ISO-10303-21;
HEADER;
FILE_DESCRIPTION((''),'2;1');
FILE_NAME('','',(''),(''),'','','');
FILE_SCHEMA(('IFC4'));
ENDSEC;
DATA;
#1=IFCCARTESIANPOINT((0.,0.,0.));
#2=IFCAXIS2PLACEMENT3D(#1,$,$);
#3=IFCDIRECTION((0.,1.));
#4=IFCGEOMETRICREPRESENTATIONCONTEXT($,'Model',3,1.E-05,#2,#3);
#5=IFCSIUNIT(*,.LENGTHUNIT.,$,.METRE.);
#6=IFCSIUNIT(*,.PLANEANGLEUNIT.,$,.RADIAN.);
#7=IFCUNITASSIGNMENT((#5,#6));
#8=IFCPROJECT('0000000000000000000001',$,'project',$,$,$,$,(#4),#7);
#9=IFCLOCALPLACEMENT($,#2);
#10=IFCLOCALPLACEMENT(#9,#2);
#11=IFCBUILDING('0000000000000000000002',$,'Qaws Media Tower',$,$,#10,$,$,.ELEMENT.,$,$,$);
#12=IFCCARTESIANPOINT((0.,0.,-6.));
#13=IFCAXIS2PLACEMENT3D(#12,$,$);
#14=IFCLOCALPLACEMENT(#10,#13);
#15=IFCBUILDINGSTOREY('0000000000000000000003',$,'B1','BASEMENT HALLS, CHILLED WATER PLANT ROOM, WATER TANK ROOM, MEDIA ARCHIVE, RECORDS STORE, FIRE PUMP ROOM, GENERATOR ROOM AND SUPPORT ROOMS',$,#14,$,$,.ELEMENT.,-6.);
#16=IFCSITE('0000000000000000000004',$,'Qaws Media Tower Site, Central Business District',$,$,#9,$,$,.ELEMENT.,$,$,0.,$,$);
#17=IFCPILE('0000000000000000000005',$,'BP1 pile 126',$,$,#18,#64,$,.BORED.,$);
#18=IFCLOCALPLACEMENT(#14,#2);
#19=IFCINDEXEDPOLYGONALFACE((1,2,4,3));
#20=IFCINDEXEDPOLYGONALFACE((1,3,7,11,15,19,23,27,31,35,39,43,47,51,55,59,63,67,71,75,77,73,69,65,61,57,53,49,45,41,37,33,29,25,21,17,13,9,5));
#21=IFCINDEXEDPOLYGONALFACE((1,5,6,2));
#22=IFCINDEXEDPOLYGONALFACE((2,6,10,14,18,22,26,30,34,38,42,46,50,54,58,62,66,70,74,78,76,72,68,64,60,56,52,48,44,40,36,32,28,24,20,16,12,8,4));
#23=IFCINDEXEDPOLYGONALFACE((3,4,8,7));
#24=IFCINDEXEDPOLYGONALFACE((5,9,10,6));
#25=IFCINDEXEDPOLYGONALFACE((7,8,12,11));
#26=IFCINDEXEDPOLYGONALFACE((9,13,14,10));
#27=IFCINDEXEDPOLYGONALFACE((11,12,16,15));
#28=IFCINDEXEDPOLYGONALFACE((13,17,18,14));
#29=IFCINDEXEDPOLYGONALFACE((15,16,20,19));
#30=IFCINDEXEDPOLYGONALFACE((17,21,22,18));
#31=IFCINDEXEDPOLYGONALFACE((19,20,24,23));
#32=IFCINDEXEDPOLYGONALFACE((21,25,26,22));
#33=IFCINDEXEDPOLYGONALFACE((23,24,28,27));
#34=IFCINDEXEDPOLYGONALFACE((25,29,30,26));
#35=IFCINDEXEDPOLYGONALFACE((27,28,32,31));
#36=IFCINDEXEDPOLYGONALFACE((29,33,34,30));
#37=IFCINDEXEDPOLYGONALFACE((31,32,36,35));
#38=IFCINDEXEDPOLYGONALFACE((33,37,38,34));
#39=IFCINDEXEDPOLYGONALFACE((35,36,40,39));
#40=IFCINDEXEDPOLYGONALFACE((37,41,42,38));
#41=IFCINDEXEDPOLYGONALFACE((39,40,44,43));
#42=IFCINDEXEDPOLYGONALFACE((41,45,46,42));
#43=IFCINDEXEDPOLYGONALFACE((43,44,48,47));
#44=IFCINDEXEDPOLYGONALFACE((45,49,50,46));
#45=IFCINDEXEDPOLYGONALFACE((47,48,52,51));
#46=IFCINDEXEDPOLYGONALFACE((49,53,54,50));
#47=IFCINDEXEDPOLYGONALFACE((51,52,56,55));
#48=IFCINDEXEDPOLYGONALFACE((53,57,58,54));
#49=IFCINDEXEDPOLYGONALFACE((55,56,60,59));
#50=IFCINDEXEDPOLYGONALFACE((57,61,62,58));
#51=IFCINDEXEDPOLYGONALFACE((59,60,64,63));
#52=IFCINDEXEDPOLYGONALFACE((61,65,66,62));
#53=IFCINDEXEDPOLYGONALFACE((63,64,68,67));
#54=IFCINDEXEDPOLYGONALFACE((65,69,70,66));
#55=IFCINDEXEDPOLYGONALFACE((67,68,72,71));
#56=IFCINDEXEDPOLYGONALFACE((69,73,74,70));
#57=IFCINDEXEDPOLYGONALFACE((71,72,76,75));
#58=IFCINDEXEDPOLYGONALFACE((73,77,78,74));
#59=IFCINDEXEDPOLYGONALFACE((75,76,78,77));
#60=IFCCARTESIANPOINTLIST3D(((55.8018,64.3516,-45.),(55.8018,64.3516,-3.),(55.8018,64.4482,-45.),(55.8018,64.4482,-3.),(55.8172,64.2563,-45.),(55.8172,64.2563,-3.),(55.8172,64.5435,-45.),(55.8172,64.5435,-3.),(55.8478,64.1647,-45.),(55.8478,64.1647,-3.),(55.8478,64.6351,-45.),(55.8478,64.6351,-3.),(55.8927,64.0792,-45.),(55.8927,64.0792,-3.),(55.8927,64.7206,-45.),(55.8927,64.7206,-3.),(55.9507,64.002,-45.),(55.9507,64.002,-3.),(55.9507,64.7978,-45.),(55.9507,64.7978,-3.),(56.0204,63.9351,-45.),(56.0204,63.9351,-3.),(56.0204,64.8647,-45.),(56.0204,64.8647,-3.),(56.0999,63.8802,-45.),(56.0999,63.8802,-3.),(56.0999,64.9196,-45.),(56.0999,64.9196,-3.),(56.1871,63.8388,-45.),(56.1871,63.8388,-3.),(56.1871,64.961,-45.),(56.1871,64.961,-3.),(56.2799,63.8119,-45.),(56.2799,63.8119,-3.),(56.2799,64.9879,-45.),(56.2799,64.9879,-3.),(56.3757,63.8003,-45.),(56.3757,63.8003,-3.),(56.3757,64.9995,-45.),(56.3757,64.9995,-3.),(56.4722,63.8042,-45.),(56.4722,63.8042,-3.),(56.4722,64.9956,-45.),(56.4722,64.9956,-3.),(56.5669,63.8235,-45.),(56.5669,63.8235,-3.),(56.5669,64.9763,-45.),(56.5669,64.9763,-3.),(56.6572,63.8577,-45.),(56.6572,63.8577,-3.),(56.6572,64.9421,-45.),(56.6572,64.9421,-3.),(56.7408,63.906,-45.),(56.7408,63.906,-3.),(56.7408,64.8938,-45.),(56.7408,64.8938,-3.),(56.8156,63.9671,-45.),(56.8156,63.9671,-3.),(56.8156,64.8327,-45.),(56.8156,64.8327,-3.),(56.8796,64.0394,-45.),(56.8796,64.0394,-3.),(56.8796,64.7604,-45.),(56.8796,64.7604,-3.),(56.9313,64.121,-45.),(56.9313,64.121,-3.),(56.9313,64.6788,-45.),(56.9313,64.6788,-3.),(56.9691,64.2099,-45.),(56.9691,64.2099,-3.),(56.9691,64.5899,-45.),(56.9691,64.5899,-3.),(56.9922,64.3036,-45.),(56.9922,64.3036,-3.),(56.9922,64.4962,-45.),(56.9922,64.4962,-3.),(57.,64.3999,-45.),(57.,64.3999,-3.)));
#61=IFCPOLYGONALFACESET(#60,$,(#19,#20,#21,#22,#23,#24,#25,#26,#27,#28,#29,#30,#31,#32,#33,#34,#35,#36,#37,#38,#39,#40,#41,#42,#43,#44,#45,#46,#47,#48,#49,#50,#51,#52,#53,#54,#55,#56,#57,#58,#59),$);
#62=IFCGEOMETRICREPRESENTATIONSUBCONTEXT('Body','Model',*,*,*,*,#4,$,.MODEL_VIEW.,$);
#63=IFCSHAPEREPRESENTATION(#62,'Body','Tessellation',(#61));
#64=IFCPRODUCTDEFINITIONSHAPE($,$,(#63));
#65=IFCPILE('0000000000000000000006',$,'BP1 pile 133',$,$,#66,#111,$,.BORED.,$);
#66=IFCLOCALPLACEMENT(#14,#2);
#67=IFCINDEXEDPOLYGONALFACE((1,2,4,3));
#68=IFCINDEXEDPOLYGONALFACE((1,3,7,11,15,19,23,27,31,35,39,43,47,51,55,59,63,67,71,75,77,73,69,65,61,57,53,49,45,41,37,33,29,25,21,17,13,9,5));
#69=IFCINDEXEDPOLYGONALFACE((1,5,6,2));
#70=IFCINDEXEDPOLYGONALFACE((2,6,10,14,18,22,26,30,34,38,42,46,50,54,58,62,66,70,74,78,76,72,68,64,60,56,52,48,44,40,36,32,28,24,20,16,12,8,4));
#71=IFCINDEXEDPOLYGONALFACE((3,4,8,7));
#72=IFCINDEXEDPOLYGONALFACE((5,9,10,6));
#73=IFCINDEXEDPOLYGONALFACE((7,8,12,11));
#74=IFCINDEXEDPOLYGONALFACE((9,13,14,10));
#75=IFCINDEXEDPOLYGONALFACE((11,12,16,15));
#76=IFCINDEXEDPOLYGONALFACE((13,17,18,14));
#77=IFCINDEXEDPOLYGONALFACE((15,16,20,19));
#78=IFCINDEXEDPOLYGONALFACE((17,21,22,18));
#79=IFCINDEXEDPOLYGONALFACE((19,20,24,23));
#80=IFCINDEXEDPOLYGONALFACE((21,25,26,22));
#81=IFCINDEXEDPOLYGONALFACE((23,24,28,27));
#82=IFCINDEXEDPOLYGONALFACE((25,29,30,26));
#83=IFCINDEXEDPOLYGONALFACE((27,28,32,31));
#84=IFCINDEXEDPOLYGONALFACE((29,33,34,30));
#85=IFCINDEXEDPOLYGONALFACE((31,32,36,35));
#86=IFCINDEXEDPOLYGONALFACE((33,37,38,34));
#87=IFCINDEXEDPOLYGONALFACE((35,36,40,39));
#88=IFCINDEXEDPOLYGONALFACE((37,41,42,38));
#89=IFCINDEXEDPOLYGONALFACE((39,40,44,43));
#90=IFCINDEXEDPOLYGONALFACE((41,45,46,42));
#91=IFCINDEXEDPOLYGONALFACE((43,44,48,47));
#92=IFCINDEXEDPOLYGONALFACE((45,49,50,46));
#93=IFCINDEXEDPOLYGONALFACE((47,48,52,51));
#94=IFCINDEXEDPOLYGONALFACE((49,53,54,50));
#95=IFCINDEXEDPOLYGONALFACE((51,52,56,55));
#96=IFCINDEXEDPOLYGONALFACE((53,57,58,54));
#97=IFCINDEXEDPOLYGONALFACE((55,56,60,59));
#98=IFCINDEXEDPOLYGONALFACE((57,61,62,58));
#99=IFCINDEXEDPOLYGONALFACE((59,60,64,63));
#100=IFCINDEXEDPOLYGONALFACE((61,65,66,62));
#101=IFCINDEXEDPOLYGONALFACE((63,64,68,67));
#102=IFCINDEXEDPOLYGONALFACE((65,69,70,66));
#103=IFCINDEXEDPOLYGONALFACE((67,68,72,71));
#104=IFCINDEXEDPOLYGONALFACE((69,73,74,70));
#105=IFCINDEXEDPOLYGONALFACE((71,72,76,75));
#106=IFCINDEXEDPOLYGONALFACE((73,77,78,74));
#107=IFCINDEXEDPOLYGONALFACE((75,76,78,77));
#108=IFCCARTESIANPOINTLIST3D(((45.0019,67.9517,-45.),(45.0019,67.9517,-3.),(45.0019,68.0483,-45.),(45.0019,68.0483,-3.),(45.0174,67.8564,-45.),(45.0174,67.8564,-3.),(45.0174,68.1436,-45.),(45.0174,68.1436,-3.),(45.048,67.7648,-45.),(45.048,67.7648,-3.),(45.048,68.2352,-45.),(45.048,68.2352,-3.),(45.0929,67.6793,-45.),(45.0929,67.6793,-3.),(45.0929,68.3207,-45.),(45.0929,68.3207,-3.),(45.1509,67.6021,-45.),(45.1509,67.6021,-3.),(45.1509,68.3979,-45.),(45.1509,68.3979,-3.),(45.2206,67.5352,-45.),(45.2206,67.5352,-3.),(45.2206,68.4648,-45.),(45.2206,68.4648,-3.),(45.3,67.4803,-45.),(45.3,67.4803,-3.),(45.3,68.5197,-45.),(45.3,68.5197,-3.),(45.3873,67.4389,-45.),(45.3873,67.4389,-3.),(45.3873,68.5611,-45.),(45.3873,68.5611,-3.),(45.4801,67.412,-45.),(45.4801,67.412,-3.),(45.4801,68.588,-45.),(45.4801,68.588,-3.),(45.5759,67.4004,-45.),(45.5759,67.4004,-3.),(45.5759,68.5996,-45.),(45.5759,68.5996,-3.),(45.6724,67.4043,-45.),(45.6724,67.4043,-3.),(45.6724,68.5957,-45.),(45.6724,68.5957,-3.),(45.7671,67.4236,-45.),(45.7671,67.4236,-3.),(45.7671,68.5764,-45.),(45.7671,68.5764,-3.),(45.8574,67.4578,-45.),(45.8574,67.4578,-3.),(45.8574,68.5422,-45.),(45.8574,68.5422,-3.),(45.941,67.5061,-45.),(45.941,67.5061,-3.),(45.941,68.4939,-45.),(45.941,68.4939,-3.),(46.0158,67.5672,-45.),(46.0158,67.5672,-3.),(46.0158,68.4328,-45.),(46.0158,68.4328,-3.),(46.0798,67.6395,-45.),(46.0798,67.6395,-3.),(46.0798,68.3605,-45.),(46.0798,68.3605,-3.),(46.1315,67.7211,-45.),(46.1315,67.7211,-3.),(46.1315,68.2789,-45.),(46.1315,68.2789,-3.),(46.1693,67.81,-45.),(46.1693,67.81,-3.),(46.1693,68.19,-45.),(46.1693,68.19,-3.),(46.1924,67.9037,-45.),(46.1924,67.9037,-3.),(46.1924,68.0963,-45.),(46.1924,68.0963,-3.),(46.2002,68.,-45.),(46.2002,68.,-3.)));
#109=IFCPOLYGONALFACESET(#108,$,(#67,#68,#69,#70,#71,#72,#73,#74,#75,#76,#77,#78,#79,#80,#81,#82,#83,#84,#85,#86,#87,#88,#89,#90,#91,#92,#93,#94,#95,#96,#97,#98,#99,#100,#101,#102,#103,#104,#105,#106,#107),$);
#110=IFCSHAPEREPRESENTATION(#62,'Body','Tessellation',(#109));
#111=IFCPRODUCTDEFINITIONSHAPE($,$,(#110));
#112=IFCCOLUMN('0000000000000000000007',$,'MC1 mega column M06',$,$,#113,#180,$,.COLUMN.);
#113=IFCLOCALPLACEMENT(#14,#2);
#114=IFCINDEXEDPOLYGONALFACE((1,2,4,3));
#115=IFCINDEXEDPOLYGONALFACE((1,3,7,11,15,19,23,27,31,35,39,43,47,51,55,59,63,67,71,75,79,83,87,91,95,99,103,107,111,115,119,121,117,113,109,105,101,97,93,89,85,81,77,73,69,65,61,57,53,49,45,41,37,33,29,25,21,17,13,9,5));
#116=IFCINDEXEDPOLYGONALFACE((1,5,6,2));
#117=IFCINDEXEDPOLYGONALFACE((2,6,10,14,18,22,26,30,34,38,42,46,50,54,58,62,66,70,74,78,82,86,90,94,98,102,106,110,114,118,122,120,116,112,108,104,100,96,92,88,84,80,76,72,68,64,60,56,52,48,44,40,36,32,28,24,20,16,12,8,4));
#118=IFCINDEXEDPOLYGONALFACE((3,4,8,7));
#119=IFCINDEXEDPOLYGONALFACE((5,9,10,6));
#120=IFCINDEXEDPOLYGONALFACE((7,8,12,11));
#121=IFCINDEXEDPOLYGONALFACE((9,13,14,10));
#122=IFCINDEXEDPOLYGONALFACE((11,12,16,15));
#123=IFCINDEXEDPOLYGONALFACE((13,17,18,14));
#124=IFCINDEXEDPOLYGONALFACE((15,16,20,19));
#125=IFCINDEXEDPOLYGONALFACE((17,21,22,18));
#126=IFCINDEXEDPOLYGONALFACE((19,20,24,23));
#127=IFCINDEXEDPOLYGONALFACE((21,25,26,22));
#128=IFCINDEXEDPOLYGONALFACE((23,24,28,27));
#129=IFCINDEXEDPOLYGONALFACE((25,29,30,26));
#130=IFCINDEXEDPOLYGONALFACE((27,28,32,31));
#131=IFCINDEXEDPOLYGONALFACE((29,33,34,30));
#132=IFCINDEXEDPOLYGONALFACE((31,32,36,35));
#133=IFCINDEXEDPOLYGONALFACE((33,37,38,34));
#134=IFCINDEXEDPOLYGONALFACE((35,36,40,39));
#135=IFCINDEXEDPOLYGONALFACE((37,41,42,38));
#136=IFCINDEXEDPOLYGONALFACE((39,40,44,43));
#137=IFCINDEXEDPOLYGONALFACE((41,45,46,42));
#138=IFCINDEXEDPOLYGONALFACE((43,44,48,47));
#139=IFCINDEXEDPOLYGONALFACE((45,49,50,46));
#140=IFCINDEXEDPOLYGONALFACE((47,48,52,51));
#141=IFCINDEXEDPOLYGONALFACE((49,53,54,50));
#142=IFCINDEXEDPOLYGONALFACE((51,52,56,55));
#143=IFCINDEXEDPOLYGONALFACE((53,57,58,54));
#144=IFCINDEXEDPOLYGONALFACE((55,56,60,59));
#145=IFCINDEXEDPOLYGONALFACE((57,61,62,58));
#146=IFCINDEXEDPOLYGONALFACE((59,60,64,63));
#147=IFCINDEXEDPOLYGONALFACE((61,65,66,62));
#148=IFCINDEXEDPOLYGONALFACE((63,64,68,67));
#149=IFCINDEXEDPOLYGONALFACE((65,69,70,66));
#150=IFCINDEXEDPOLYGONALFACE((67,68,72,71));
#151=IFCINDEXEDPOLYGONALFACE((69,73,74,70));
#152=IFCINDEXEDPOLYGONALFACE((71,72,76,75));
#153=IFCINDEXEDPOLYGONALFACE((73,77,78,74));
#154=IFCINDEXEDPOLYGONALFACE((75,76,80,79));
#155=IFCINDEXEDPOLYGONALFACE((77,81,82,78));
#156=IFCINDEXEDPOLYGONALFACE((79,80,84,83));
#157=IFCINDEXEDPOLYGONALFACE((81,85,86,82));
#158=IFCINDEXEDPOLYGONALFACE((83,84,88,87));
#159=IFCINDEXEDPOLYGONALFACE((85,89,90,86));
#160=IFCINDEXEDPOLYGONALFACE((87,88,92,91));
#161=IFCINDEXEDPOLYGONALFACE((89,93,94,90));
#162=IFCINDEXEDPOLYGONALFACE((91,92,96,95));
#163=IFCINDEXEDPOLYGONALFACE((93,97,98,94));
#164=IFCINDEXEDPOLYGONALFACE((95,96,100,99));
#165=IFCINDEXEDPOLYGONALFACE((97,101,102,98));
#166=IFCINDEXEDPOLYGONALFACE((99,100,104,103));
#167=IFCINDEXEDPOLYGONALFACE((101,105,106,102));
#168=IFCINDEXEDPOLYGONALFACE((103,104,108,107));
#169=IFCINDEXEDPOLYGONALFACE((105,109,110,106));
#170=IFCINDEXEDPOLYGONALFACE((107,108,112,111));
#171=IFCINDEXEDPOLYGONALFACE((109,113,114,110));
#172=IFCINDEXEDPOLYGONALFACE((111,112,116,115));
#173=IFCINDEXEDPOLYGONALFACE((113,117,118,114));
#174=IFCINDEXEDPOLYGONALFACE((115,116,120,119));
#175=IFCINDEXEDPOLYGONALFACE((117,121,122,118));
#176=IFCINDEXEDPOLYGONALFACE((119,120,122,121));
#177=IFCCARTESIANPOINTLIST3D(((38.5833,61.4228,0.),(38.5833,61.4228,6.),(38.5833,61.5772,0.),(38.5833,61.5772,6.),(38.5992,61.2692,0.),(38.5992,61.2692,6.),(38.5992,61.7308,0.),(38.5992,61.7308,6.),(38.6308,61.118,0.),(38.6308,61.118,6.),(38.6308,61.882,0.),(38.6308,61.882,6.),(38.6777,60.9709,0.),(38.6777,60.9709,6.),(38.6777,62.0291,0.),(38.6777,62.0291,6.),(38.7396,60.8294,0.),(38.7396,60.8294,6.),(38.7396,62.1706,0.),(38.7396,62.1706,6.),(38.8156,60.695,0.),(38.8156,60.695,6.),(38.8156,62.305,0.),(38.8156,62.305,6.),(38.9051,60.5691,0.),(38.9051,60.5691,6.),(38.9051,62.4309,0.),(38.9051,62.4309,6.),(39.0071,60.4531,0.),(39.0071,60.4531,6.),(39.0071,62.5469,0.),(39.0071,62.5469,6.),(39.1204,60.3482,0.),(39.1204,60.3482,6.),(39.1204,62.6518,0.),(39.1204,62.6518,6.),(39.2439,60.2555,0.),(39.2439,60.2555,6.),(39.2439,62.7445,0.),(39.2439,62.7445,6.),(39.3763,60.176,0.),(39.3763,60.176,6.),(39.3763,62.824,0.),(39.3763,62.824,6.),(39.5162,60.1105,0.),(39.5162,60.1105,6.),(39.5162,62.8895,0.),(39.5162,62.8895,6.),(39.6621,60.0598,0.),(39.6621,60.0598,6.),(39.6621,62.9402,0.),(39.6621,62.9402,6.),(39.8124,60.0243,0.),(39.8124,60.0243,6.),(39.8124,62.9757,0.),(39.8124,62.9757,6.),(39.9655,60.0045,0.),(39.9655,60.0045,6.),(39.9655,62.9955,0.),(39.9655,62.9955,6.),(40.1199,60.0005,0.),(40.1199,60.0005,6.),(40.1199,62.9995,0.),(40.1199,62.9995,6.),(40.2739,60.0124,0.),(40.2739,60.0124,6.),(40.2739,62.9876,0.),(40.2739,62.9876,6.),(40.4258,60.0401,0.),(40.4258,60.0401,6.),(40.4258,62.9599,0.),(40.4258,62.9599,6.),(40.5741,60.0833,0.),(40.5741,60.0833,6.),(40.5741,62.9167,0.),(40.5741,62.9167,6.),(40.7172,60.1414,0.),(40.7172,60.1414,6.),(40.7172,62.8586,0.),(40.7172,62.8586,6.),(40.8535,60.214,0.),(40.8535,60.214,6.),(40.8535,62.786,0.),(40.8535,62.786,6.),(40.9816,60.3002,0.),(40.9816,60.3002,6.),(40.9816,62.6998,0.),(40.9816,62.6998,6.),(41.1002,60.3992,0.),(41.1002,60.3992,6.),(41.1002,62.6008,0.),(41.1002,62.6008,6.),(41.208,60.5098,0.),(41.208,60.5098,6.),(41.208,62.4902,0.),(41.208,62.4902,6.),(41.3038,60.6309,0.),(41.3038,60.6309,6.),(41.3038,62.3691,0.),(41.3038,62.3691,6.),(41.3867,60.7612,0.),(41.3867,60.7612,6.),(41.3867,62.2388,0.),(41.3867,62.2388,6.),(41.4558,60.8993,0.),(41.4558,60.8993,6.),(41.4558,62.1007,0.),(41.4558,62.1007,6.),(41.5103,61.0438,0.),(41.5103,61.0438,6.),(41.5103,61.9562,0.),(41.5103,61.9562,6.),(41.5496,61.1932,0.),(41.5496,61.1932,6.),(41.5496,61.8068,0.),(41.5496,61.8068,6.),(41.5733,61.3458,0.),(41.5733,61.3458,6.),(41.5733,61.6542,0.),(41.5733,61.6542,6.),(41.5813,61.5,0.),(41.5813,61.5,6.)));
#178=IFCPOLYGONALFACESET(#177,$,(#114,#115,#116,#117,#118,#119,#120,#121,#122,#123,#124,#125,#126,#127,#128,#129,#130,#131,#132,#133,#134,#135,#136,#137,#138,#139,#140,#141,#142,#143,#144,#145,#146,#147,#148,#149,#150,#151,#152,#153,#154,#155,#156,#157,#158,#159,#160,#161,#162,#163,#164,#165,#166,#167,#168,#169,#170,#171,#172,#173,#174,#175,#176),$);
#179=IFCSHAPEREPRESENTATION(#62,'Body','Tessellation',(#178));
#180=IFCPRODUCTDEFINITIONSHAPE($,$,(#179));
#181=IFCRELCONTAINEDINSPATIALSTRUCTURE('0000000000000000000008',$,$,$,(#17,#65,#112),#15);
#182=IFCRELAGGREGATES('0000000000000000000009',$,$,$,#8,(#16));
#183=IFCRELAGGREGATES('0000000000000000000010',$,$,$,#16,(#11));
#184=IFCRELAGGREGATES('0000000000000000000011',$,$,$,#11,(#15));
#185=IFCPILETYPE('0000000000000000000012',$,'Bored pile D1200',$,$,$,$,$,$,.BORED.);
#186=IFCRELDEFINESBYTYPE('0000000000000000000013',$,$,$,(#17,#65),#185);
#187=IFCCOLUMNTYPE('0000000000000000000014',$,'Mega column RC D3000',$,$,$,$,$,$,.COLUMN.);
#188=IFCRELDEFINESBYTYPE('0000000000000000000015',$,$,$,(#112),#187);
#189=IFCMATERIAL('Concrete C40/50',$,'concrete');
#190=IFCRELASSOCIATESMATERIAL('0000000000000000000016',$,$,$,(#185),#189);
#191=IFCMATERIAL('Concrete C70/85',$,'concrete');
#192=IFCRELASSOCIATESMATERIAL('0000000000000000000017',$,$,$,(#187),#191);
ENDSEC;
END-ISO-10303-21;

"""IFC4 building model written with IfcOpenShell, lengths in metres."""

from ifc_helpers import new_model, si_unit, direction, frame, origin, origin_2d, place, context, subcontext, project, spatial, circle, extrude, material, material_profile, profile_set, type_object, element, save


model = new_model("IFC4")

# Units and contexts
model_context = context("Model", 3, precision=1e-05, world=origin(), true_north=direction((0.0, 1.0)))
body_context = subcontext(model_context, "Body", "Model", "MODEL_VIEW")
ifc_project = project(units=[si_unit("LENGTHUNIT", "METRE"), si_unit("PLANEANGLEUNIT", "RADIAN")], contexts=[model_context])

# Site, building, storey
site_placement = place(None, origin())
site = spatial("IfcSite", under=ifc_project, at=site_placement, Name="Qaws Media Tower Site, Central Business District", CompositionType="ELEMENT", RefElevation=0.0)
building_placement = place(site_placement, origin())
building = spatial("IfcBuilding", under=site, at=building_placement, Name="Qaws Media Tower", CompositionType="ELEMENT")
storey_placement = place(building_placement, frame((0.0, 0.0, -6.0)))
storey = spatial("IfcBuildingStorey", under=building, at=storey_placement, Name="B1", Description="BASEMENT HALLS, CHILLED WATER PLANT ROOM, WATER TANK ROOM, MEDIA ARCHIVE, RECORDS STORE, FIRE PUMP ROOM, GENERATOR ROOM AND SUPPORT ROOMS", CompositionType="ELEMENT", Elevation=-6.0)

# Piles
ifc_material_1 = material(Name="Concrete C40/50", Category="concrete")
ifc_material_profile_1 = material_profile(ifc_material_1, circle(Radius=0.6001, at=origin_2d()), Name="D1200")
ifc_profile_set_1 = profile_set([ifc_material_profile_1], Name="Concrete C40/50")
pile_type = type_object("IfcPileType", Name="Bored pile D1200", PredefinedType="BORED", material=ifc_profile_set_1)
for number, where, z_axis, x_axis, name in (
    (1, (56.3999, 64.3999, -3.0), (0.0, 0.0, -1.0), (1.0, 0.0, 0.0), "BP1 pile 126"),
    (2, (45.6001, 68.0, -3.0), (0.0, 0.0, -1.0), (1.0, 0.0, 0.0), "BP1 pile 133"),
):
    element("IfcPile", number, at=place(storey_placement, frame(where, z_axis=z_axis, x_axis=x_axis)), inside=storey, type_object=pile_type, Name=name, PredefinedType="BORED", context=body_context, shape_type="SweptSolid", body=[
        extrude(circle(Radius=0.6001, at=origin_2d()), origin(), (0.0, 0.0, 1.0), 42.0),
    ])

# Column
ifc_material_2 = material(Name="Concrete C70/85", Category="concrete")
ifc_material_profile_2 = material_profile(ifc_material_2, circle(Radius=1.5, at=origin_2d()), Name="RC D3000")
ifc_profile_set_2 = profile_set([ifc_material_profile_2], Name="Concrete C70/85")
column_type_1 = type_object("IfcColumnType", Name="Mega column RC D3000", PredefinedType="COLUMN", material=ifc_profile_set_2)
column_1_placement = place(storey_placement, frame((40.0813, 61.5, 0.0), z_axis=(0.0, 0.0, 1.0), x_axis=(1.0, 0.0, 0.0)))
element("IfcColumn", 3, at=column_1_placement, inside=storey, type_object=column_type_1, Name="MC1 mega column M06", PredefinedType="COLUMN", context=body_context, shape_type="SweptSolid", body=[
    extrude(circle(Radius=1.5, at=origin_2d()), origin(), (0.0, 0.0, 1.0), 6.0),
])

save(model, "model.ifc")
